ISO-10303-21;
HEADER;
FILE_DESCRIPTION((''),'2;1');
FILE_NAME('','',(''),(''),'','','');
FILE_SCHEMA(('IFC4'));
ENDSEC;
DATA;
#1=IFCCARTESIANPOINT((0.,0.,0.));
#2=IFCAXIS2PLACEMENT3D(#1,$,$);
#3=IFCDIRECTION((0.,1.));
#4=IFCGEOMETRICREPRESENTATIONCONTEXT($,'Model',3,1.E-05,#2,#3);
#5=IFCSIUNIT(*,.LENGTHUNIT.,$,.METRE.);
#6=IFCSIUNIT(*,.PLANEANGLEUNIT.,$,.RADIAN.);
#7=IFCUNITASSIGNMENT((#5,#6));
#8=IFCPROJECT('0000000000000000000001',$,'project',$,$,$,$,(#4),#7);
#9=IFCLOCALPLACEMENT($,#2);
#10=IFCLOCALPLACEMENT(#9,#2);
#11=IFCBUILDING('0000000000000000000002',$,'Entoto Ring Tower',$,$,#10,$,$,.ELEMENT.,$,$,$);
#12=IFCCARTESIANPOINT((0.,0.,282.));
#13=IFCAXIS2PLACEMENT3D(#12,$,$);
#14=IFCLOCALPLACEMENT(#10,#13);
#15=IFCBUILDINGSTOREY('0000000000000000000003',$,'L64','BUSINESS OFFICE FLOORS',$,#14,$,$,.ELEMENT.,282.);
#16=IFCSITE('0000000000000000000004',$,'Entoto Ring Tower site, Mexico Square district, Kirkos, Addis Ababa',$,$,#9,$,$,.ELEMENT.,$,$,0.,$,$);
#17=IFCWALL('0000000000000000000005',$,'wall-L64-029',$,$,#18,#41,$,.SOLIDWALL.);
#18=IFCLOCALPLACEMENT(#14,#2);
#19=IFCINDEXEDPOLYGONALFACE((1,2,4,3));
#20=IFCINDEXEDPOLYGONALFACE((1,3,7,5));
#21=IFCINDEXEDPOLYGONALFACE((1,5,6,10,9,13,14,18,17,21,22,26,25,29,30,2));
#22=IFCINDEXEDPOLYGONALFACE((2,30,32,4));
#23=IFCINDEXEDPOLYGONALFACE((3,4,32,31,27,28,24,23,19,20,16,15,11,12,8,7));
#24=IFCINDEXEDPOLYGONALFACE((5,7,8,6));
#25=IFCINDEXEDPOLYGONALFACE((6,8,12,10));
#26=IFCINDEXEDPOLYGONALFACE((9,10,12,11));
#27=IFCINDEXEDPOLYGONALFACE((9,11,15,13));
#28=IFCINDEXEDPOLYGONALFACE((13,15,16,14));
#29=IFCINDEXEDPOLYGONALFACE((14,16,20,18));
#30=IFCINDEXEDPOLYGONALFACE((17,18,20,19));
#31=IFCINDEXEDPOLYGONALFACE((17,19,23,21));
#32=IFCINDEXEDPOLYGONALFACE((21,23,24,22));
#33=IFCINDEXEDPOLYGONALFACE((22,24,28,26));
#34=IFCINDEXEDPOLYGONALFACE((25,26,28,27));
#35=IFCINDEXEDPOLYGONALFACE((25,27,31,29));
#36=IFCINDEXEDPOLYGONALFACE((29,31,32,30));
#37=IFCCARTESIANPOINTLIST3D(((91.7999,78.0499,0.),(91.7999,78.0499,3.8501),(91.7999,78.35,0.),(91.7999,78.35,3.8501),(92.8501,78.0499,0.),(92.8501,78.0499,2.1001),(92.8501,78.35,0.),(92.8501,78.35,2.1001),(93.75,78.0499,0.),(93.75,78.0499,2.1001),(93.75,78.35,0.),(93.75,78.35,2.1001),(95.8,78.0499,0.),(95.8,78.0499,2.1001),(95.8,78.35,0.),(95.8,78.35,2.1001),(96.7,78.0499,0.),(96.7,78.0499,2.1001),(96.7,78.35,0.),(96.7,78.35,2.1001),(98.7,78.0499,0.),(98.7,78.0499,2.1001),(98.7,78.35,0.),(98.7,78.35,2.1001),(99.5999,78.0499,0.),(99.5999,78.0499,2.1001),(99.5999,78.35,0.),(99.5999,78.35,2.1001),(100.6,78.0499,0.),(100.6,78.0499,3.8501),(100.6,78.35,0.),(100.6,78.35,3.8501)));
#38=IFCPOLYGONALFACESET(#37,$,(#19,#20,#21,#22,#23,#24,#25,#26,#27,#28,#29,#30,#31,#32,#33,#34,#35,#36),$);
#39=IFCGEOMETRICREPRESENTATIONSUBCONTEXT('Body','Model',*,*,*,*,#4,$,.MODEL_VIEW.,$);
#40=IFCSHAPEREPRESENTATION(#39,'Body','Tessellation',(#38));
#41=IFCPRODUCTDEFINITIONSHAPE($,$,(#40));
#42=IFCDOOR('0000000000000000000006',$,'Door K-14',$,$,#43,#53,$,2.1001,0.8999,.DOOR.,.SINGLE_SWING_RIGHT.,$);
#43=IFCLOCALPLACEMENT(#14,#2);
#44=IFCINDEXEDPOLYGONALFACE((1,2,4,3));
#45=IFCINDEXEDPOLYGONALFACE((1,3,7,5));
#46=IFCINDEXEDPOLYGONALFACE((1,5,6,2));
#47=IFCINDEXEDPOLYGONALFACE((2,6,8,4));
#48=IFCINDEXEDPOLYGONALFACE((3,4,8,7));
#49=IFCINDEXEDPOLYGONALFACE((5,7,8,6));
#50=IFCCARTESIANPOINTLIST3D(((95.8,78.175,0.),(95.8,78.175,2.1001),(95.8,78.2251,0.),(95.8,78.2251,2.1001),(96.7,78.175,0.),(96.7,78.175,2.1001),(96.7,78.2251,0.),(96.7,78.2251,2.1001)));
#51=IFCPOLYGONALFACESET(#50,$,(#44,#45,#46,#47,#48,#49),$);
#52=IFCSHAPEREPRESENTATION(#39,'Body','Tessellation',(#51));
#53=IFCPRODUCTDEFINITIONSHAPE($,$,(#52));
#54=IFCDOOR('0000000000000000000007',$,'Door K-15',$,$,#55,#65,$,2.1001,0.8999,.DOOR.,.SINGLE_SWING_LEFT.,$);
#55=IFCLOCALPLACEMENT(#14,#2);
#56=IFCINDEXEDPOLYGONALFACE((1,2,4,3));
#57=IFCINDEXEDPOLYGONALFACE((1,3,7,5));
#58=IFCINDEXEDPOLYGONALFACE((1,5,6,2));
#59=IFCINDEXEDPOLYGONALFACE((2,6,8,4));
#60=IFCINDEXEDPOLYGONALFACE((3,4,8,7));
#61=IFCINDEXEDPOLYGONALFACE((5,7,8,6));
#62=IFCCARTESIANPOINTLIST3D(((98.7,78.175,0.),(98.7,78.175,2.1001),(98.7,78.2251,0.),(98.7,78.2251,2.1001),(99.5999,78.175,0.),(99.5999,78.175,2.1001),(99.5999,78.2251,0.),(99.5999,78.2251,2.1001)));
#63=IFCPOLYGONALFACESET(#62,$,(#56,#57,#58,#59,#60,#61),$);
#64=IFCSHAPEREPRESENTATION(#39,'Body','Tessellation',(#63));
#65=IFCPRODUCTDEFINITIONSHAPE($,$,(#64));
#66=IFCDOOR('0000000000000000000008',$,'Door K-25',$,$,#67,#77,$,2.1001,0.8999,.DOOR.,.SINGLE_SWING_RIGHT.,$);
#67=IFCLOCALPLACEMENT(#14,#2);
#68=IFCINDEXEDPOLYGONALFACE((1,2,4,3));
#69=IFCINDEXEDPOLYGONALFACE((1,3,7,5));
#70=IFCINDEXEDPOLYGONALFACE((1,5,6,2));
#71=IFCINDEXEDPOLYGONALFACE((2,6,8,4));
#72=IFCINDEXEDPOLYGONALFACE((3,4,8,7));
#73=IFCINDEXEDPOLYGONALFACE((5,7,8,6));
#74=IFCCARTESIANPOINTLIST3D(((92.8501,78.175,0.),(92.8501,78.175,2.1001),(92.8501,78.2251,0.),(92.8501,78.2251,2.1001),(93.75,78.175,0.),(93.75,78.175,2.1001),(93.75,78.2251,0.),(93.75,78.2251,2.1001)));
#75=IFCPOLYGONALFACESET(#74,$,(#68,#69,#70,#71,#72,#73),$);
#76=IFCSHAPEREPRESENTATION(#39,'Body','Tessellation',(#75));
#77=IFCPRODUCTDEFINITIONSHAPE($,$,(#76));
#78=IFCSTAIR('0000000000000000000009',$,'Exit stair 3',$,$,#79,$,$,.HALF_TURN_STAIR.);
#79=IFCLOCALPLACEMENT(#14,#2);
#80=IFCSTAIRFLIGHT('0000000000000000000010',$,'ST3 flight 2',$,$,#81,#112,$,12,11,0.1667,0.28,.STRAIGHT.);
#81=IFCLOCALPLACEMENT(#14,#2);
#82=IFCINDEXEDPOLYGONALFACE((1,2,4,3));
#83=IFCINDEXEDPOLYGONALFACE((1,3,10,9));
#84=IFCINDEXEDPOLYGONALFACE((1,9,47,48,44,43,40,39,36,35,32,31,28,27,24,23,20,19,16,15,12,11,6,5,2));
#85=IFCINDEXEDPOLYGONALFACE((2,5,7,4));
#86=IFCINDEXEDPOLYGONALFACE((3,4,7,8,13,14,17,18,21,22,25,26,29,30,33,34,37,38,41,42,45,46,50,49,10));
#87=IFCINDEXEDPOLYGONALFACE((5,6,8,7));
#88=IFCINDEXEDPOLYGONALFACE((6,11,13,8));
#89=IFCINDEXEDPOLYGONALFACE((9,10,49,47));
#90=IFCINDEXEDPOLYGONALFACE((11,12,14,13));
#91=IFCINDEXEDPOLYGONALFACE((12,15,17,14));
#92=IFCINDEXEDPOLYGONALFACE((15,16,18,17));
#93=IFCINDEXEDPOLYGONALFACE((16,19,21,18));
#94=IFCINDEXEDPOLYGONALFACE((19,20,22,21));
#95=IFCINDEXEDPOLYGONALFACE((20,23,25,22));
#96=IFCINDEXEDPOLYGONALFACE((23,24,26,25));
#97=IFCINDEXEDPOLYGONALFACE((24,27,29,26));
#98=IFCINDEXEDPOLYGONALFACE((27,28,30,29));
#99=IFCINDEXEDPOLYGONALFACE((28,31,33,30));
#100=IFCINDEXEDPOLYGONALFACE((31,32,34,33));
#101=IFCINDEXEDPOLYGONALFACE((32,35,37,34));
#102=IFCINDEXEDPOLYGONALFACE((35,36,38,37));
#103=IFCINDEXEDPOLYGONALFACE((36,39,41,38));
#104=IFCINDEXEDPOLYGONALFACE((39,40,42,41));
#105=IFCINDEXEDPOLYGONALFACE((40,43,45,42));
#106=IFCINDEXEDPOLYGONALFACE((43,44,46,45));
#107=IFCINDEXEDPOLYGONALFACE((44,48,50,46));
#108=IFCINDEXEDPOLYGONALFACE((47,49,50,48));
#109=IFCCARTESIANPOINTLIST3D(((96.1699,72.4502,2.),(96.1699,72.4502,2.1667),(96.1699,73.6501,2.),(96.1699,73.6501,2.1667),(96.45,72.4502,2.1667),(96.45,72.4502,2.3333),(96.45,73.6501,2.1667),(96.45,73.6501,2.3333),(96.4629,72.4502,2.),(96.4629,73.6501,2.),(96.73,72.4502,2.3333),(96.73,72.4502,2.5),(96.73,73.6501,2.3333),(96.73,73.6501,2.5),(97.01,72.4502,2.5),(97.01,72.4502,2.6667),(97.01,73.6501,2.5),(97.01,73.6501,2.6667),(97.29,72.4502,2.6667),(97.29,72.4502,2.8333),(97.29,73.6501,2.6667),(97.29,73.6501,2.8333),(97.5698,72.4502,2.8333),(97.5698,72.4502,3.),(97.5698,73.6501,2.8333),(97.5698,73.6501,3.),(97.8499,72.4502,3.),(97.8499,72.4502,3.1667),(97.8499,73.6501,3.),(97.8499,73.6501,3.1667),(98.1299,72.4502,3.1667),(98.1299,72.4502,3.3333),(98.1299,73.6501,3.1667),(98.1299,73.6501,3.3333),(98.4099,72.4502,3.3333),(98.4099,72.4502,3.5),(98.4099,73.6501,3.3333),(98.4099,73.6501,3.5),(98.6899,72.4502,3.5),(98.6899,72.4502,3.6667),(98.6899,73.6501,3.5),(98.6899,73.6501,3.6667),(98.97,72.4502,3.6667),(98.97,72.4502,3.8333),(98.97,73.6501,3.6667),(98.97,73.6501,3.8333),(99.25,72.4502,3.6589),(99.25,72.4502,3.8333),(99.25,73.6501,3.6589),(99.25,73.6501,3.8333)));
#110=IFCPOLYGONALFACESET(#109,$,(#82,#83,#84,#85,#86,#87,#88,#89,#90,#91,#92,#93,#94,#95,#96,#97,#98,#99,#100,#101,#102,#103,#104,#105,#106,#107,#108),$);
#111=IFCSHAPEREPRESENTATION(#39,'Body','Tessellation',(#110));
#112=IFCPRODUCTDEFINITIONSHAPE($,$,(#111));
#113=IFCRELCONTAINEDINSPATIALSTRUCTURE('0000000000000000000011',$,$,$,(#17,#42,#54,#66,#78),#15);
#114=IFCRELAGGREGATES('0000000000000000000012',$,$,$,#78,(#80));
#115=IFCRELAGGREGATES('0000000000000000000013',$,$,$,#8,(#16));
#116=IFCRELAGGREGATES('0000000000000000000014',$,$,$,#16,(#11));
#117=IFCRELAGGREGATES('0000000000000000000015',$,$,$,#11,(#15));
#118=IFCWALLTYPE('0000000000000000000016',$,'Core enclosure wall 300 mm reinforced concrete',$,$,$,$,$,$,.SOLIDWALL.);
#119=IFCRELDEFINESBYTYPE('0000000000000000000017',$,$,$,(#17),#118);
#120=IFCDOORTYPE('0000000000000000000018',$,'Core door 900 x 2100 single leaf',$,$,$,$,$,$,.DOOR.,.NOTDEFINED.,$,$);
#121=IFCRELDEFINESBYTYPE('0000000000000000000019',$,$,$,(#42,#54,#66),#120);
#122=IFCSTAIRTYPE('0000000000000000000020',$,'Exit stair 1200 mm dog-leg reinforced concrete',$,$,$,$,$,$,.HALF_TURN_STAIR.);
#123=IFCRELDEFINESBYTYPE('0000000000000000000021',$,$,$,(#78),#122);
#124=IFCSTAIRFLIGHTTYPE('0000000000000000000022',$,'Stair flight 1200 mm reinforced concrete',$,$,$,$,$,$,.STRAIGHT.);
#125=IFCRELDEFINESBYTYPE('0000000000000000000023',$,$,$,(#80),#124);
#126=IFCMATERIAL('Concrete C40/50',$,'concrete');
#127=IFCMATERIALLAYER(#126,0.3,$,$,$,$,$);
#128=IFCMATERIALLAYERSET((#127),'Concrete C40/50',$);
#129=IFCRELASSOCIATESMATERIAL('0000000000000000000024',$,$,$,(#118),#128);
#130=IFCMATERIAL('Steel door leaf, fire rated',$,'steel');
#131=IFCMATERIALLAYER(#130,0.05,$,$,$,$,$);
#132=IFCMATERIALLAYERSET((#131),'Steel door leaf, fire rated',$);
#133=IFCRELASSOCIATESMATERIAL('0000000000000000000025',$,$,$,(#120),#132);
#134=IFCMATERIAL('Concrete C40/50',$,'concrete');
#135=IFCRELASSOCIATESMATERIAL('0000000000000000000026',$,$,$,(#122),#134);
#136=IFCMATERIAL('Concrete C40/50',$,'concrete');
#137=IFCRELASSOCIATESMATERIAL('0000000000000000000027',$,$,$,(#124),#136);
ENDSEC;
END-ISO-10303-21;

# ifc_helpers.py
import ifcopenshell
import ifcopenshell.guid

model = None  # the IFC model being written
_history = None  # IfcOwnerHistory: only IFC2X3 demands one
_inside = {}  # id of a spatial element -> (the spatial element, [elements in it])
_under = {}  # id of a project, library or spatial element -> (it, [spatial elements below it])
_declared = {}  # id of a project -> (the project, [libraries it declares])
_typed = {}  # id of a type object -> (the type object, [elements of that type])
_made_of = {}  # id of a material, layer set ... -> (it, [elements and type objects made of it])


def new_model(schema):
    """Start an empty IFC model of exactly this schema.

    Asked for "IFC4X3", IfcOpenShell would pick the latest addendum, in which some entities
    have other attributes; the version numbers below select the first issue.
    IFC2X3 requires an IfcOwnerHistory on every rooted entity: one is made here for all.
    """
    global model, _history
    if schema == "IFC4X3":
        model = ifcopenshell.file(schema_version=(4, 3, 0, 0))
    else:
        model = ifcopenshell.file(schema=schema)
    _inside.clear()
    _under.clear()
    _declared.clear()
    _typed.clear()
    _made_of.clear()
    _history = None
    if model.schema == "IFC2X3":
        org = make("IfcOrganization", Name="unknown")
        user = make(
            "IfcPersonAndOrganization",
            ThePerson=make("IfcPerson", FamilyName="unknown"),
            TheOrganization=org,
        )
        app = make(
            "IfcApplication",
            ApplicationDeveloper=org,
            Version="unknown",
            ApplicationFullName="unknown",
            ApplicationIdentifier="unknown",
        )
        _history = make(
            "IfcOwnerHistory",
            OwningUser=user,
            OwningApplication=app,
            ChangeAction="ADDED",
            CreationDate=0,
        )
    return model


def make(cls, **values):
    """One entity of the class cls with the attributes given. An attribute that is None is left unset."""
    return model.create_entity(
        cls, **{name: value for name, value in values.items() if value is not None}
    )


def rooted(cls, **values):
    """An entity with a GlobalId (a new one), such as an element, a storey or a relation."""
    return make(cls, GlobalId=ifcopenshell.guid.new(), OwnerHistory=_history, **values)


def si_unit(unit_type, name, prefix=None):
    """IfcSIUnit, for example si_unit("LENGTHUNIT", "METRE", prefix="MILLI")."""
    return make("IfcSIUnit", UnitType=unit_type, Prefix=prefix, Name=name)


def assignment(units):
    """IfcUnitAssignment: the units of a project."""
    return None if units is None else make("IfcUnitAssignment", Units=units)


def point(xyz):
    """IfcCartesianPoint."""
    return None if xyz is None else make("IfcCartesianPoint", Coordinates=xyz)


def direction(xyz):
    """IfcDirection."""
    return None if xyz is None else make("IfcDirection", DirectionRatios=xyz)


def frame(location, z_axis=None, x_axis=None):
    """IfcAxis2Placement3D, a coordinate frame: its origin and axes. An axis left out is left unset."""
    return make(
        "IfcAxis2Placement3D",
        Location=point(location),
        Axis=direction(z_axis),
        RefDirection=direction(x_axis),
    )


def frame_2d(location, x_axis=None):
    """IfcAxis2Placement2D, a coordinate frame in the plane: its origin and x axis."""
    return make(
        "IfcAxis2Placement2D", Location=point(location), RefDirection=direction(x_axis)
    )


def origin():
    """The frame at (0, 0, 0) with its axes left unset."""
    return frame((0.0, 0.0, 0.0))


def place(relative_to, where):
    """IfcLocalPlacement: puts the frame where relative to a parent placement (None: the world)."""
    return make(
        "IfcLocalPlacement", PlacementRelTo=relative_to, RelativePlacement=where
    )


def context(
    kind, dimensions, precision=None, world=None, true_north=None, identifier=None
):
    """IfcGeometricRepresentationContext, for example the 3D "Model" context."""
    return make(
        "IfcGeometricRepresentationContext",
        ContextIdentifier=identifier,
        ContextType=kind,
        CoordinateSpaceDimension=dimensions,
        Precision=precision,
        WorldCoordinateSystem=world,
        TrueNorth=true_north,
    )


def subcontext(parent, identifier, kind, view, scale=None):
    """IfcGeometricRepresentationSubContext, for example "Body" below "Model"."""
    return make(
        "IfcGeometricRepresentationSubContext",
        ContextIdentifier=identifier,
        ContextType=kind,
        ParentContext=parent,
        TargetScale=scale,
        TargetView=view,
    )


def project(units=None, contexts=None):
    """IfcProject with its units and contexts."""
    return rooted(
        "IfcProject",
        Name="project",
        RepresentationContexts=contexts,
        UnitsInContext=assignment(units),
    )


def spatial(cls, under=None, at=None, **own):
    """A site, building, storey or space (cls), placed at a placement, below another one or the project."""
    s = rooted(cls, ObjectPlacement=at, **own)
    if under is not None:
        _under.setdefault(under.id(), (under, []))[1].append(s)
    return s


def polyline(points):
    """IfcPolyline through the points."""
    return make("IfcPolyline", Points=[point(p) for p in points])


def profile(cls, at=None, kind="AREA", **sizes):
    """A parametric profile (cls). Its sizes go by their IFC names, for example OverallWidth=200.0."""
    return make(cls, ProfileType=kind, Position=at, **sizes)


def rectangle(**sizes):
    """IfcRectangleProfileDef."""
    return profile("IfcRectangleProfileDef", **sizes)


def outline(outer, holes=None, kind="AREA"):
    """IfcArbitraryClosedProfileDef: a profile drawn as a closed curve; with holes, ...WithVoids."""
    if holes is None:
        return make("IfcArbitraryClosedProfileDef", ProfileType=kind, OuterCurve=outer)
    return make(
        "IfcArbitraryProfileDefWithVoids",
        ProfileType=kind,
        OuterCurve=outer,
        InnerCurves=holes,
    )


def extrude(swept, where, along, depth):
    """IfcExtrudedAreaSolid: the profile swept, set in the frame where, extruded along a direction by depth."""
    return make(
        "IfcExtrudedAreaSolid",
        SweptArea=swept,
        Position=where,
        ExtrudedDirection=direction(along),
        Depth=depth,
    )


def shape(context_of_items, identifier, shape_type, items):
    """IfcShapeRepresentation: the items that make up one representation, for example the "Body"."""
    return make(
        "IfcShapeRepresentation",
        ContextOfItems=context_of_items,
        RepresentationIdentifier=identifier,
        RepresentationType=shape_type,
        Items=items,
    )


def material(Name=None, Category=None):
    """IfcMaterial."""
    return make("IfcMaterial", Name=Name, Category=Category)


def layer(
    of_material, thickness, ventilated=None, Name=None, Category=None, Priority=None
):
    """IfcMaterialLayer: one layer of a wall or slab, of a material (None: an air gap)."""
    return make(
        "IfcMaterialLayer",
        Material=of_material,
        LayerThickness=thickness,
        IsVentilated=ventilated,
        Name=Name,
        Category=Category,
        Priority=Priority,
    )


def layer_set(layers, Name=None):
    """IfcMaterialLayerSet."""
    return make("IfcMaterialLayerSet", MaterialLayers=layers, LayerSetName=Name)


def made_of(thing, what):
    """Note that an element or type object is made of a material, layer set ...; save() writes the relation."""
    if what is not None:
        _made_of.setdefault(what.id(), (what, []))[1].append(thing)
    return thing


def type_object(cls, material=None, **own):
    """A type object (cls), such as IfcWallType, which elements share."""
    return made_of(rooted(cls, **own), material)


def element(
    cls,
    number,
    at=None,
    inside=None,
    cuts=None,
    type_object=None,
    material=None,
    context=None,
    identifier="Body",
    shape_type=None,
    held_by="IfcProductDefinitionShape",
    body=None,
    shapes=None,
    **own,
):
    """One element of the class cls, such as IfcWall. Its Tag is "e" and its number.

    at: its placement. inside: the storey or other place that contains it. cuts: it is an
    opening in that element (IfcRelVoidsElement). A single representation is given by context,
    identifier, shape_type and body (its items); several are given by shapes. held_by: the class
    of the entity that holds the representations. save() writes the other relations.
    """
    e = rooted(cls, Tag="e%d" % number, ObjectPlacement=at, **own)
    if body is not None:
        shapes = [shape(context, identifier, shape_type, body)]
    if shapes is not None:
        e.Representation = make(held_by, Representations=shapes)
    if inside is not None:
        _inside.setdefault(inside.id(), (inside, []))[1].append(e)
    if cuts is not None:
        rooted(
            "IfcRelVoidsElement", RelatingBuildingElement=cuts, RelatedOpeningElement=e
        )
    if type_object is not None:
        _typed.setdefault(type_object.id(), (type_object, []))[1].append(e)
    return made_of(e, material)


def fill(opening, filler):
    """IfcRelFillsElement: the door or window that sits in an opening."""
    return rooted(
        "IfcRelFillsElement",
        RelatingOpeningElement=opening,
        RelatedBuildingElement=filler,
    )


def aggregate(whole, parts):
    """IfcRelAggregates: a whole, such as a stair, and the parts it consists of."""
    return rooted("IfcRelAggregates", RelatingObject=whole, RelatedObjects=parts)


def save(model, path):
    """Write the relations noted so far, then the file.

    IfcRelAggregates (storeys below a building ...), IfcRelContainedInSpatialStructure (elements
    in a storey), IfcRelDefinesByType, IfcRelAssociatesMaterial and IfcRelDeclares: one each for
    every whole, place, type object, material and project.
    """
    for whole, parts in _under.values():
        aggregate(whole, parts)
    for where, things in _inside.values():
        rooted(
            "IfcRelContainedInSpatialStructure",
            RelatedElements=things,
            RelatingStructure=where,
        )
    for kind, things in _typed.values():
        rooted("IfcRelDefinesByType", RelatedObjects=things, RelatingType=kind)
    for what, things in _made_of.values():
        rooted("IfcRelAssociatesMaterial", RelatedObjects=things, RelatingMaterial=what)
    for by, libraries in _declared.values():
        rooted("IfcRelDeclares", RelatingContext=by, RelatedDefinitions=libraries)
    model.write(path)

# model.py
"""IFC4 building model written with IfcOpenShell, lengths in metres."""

from ifc_helpers import new_model, si_unit, direction, frame, frame_2d, origin, place, context, subcontext, project, spatial, polyline, rectangle, outline, extrude, material, layer, layer_set, type_object, element, fill, aggregate, save


model = new_model("IFC4")

# Units and contexts
model_context = context("Model", 3, precision=1e-05, world=origin(), true_north=direction((0.0, 1.0)))
body_context = subcontext(model_context, "Body", "Model", "MODEL_VIEW")
ifc_project = project(units=[si_unit("LENGTHUNIT", "METRE"), si_unit("PLANEANGLEUNIT", "RADIAN")], contexts=[model_context])

# Site, building, storey
site_placement = place(None, origin())
site = spatial("IfcSite", under=ifc_project, at=site_placement, Name="Entoto Ring Tower site, Mexico Square district, Kirkos, Addis Ababa", CompositionType="ELEMENT", RefElevation=0.0)
building_placement = place(site_placement, origin())
building = spatial("IfcBuilding", under=site, at=building_placement, Name="Entoto Ring Tower", CompositionType="ELEMENT")
storey_placement = place(building_placement, frame((0.0, 0.0, 282.0)))
storey = spatial("IfcBuildingStorey", under=building, at=storey_placement, Name="L64", Description="BUSINESS OFFICE FLOORS", CompositionType="ELEMENT", Elevation=282.0)

# Shared definitions
ifc_material_1 = material(Name="Concrete C40/50", Category="concrete")
ifc_layer_1 = layer(ifc_material_1, 0.3)
ifc_layer_set_1 = layer_set([ifc_layer_1], Name="Concrete C40/50")
wall_type = type_object("IfcWallType", Name="Core enclosure wall 300 mm reinforced concrete", PredefinedType="SOLIDWALL", material=ifc_layer_set_1)

# Shared definitions
ifc_material_2 = material(Name="Steel door leaf, fire rated", Category="steel")
ifc_layer_2 = layer(ifc_material_2, 0.05)
ifc_layer_set_2 = layer_set([ifc_layer_2], Name="Steel door leaf, fire rated")
door_type_1 = type_object("IfcDoorType", Name="Core door 900 x 2100 single leaf", OperationType="NOTDEFINED", PredefinedType="DOOR", material=ifc_layer_set_2)

# Wall, openings, doors
wall_1_placement = place(storey_placement, frame((91.8, 78.2, 0.0), z_axis=(0.0, 0.0, 1.0), x_axis=(1.0, 0.0, 0.0)))
wall_1 = element("IfcWall", 1, at=wall_1_placement, inside=storey, type_object=wall_type, Name="wall-L64-029", PredefinedType="SOLIDWALL", context=body_context, shape_type="SweptSolid", body=[
    extrude(rectangle(XDim=8.8, YDim=0.3, at=frame_2d((4.3999, 0.0))), origin(), (0.0, 0.0, 1.0), 3.8501),
])
opening_1_placement = place(wall_1_placement, frame((4.0, 0.0, 0.0)))
opening_1 = element("IfcOpeningElement", 2, at=opening_1_placement, cuts=wall_1, PredefinedType="OPENING", context=body_context, shape_type="SweptSolid", body=[
    extrude(rectangle(XDim=0.8999, YDim=2.1001, at=frame_2d((0.45, 1.05))), frame((0.0, 0.1602, 0.0), z_axis=(0.0, -1.0, 0.0), x_axis=(1.0, 0.0, 0.0)), (0.0, 0.0, 1.0), 0.3201),
])
opening_2_placement = place(wall_1_placement, frame((6.8999, 0.0, 0.0)))
opening_2 = element("IfcOpeningElement", 3, at=opening_2_placement, cuts=wall_1, PredefinedType="OPENING", context=body_context, shape_type="SweptSolid", body=[
    extrude(rectangle(XDim=0.8999, YDim=2.1001, at=frame_2d((0.45, 1.05))), frame((0.0, 0.1602, 0.0), z_axis=(0.0, -1.0, 0.0), x_axis=(1.0, 0.0, 0.0)), (0.0, 0.0, 1.0), 0.3201),
])
opening_3_placement = place(wall_1_placement, frame((1.05, 0.0, 0.0)))
opening_3 = element("IfcOpeningElement", 4, at=opening_3_placement, cuts=wall_1, PredefinedType="OPENING", context=body_context, shape_type="SweptSolid", body=[
    extrude(rectangle(XDim=0.8999, YDim=2.1001, at=frame_2d((0.45, 1.05))), frame((0.0, 0.1602, 0.0), z_axis=(0.0, -1.0, 0.0), x_axis=(1.0, 0.0, 0.0)), (0.0, 0.0, 1.0), 0.3201),
])
door_1_placement = place(opening_1_placement, frame((0.8999, 0.0, 0.0), z_axis=(0.0, 0.0, 1.0), x_axis=(-1.0, 0.0, 0.0)))
door_1 = element("IfcDoor", 5, at=door_1_placement, inside=storey, type_object=door_type_1, Name="Door K-14", OperationType="SINGLE_SWING_RIGHT", OverallHeight=2.1001, OverallWidth=0.8999, PredefinedType="DOOR", context=body_context, shape_type="SweptSolid", body=[
    extrude(rectangle(XDim=0.8999, YDim=2.1001, at=frame_2d((0.45, 1.05))), frame((0.0, 0.0249, 0.0), z_axis=(0.0, -1.0, 0.0), x_axis=(1.0, 0.0, 0.0)), (0.0, 0.0, 1.0), 0.05),
])
fill(opening_1, door_1)
door_2_placement = place(opening_2_placement, frame((0.8999, 0.0, 0.0), z_axis=(0.0, 0.0, 1.0), x_axis=(-1.0, 0.0, 0.0)))
door_2 = element("IfcDoor", 6, at=door_2_placement, inside=storey, type_object=door_type_1, Name="Door K-15", OperationType="SINGLE_SWING_LEFT", OverallHeight=2.1001, OverallWidth=0.8999, PredefinedType="DOOR", context=body_context, shape_type="SweptSolid", body=[
    extrude(rectangle(XDim=0.8999, YDim=2.1001, at=frame_2d((0.45, 1.05))), frame((0.0, 0.0249, 0.0), z_axis=(0.0, -1.0, 0.0), x_axis=(1.0, 0.0, 0.0)), (0.0, 0.0, 1.0), 0.05),
])
fill(opening_2, door_2)
door_3_placement = place(opening_3_placement, frame((0.8999, 0.0, 0.0), z_axis=(0.0, 0.0, 1.0), x_axis=(-1.0, 0.0, 0.0)))
door_3 = element("IfcDoor", 7, at=door_3_placement, inside=storey, type_object=door_type_1, Name="Door K-25", OperationType="SINGLE_SWING_RIGHT", OverallHeight=2.1001, OverallWidth=0.8999, PredefinedType="DOOR", context=body_context, shape_type="SweptSolid", body=[
    extrude(rectangle(XDim=0.8999, YDim=2.1001, at=frame_2d((0.45, 1.05))), frame((0.0, 0.0249, 0.0), z_axis=(0.0, -1.0, 0.0), x_axis=(1.0, 0.0, 0.0)), (0.0, 0.0, 1.0), 0.05),
])
fill(opening_3, door_3)

# Stair, stair flight
ifc_material_3 = material(Name="Concrete C40/50", Category="concrete")
stair_type = type_object("IfcStairType", Name="Exit stair 1200 mm dog-leg reinforced concrete", PredefinedType="HALF_TURN_STAIR", material=ifc_material_3)
stair_placement = place(storey_placement, origin())
stair = element("IfcStair", 8, at=stair_placement, inside=storey, type_object=stair_type, Name="Exit stair 3", PredefinedType="HALF_TURN_STAIR")
ifc_material_4 = material(Name="Concrete C40/50", Category="concrete")
stair_flight_type = type_object("IfcStairFlightType", Name="Stair flight 1200 mm reinforced concrete", PredefinedType="STRAIGHT", material=ifc_material_4)
stair_flight_placement = place(storey_placement, frame((96.1699, 73.05, 2.0), z_axis=(0.0, 0.0, 1.0), x_axis=(1.0, 0.0, 0.0)))
stair_flight = element("IfcStairFlight", 9, at=stair_flight_placement, type_object=stair_flight_type, Name="ST3 flight 2", NumberOfRisers=12, NumberOfTreads=11, PredefinedType="STRAIGHT", RiserHeight=0.1667, TreadLength=0.28, context=body_context, shape_type="SweptSolid", body=[
    extrude(outline(polyline([(0.0, 0.0), (0.0, 0.1667), (0.28, 0.1667), (0.28, 0.3333), (0.5601, 0.3333), (0.5601, 0.5), (0.8401, 0.5), (0.8401, 0.6667), (1.1201, 0.6667), (1.1201, 0.8333), (1.3999, 0.8333), (1.3999, 1.0), (1.6799, 1.0), (1.6799, 1.1667), (1.96, 1.1667), (1.96, 1.3333), (2.24, 1.3333), (2.24, 1.5), (2.52, 1.5), (2.52, 1.6667), (2.8, 1.6667), (2.8, 1.8333), (3.0801, 1.8333), (3.0801, 2.0), (3.0801, 1.6589), (0.293, 0.0), (0.0, 0.0)])), frame((0.0, 0.6001, 0.0), z_axis=(0.0, -1.0, 0.0), x_axis=(1.0, 0.0, 0.0)), (0.0, 0.0, 1.0), 1.2),
])
aggregate(stair, [stair_flight])

save(model, "model.ifc")
